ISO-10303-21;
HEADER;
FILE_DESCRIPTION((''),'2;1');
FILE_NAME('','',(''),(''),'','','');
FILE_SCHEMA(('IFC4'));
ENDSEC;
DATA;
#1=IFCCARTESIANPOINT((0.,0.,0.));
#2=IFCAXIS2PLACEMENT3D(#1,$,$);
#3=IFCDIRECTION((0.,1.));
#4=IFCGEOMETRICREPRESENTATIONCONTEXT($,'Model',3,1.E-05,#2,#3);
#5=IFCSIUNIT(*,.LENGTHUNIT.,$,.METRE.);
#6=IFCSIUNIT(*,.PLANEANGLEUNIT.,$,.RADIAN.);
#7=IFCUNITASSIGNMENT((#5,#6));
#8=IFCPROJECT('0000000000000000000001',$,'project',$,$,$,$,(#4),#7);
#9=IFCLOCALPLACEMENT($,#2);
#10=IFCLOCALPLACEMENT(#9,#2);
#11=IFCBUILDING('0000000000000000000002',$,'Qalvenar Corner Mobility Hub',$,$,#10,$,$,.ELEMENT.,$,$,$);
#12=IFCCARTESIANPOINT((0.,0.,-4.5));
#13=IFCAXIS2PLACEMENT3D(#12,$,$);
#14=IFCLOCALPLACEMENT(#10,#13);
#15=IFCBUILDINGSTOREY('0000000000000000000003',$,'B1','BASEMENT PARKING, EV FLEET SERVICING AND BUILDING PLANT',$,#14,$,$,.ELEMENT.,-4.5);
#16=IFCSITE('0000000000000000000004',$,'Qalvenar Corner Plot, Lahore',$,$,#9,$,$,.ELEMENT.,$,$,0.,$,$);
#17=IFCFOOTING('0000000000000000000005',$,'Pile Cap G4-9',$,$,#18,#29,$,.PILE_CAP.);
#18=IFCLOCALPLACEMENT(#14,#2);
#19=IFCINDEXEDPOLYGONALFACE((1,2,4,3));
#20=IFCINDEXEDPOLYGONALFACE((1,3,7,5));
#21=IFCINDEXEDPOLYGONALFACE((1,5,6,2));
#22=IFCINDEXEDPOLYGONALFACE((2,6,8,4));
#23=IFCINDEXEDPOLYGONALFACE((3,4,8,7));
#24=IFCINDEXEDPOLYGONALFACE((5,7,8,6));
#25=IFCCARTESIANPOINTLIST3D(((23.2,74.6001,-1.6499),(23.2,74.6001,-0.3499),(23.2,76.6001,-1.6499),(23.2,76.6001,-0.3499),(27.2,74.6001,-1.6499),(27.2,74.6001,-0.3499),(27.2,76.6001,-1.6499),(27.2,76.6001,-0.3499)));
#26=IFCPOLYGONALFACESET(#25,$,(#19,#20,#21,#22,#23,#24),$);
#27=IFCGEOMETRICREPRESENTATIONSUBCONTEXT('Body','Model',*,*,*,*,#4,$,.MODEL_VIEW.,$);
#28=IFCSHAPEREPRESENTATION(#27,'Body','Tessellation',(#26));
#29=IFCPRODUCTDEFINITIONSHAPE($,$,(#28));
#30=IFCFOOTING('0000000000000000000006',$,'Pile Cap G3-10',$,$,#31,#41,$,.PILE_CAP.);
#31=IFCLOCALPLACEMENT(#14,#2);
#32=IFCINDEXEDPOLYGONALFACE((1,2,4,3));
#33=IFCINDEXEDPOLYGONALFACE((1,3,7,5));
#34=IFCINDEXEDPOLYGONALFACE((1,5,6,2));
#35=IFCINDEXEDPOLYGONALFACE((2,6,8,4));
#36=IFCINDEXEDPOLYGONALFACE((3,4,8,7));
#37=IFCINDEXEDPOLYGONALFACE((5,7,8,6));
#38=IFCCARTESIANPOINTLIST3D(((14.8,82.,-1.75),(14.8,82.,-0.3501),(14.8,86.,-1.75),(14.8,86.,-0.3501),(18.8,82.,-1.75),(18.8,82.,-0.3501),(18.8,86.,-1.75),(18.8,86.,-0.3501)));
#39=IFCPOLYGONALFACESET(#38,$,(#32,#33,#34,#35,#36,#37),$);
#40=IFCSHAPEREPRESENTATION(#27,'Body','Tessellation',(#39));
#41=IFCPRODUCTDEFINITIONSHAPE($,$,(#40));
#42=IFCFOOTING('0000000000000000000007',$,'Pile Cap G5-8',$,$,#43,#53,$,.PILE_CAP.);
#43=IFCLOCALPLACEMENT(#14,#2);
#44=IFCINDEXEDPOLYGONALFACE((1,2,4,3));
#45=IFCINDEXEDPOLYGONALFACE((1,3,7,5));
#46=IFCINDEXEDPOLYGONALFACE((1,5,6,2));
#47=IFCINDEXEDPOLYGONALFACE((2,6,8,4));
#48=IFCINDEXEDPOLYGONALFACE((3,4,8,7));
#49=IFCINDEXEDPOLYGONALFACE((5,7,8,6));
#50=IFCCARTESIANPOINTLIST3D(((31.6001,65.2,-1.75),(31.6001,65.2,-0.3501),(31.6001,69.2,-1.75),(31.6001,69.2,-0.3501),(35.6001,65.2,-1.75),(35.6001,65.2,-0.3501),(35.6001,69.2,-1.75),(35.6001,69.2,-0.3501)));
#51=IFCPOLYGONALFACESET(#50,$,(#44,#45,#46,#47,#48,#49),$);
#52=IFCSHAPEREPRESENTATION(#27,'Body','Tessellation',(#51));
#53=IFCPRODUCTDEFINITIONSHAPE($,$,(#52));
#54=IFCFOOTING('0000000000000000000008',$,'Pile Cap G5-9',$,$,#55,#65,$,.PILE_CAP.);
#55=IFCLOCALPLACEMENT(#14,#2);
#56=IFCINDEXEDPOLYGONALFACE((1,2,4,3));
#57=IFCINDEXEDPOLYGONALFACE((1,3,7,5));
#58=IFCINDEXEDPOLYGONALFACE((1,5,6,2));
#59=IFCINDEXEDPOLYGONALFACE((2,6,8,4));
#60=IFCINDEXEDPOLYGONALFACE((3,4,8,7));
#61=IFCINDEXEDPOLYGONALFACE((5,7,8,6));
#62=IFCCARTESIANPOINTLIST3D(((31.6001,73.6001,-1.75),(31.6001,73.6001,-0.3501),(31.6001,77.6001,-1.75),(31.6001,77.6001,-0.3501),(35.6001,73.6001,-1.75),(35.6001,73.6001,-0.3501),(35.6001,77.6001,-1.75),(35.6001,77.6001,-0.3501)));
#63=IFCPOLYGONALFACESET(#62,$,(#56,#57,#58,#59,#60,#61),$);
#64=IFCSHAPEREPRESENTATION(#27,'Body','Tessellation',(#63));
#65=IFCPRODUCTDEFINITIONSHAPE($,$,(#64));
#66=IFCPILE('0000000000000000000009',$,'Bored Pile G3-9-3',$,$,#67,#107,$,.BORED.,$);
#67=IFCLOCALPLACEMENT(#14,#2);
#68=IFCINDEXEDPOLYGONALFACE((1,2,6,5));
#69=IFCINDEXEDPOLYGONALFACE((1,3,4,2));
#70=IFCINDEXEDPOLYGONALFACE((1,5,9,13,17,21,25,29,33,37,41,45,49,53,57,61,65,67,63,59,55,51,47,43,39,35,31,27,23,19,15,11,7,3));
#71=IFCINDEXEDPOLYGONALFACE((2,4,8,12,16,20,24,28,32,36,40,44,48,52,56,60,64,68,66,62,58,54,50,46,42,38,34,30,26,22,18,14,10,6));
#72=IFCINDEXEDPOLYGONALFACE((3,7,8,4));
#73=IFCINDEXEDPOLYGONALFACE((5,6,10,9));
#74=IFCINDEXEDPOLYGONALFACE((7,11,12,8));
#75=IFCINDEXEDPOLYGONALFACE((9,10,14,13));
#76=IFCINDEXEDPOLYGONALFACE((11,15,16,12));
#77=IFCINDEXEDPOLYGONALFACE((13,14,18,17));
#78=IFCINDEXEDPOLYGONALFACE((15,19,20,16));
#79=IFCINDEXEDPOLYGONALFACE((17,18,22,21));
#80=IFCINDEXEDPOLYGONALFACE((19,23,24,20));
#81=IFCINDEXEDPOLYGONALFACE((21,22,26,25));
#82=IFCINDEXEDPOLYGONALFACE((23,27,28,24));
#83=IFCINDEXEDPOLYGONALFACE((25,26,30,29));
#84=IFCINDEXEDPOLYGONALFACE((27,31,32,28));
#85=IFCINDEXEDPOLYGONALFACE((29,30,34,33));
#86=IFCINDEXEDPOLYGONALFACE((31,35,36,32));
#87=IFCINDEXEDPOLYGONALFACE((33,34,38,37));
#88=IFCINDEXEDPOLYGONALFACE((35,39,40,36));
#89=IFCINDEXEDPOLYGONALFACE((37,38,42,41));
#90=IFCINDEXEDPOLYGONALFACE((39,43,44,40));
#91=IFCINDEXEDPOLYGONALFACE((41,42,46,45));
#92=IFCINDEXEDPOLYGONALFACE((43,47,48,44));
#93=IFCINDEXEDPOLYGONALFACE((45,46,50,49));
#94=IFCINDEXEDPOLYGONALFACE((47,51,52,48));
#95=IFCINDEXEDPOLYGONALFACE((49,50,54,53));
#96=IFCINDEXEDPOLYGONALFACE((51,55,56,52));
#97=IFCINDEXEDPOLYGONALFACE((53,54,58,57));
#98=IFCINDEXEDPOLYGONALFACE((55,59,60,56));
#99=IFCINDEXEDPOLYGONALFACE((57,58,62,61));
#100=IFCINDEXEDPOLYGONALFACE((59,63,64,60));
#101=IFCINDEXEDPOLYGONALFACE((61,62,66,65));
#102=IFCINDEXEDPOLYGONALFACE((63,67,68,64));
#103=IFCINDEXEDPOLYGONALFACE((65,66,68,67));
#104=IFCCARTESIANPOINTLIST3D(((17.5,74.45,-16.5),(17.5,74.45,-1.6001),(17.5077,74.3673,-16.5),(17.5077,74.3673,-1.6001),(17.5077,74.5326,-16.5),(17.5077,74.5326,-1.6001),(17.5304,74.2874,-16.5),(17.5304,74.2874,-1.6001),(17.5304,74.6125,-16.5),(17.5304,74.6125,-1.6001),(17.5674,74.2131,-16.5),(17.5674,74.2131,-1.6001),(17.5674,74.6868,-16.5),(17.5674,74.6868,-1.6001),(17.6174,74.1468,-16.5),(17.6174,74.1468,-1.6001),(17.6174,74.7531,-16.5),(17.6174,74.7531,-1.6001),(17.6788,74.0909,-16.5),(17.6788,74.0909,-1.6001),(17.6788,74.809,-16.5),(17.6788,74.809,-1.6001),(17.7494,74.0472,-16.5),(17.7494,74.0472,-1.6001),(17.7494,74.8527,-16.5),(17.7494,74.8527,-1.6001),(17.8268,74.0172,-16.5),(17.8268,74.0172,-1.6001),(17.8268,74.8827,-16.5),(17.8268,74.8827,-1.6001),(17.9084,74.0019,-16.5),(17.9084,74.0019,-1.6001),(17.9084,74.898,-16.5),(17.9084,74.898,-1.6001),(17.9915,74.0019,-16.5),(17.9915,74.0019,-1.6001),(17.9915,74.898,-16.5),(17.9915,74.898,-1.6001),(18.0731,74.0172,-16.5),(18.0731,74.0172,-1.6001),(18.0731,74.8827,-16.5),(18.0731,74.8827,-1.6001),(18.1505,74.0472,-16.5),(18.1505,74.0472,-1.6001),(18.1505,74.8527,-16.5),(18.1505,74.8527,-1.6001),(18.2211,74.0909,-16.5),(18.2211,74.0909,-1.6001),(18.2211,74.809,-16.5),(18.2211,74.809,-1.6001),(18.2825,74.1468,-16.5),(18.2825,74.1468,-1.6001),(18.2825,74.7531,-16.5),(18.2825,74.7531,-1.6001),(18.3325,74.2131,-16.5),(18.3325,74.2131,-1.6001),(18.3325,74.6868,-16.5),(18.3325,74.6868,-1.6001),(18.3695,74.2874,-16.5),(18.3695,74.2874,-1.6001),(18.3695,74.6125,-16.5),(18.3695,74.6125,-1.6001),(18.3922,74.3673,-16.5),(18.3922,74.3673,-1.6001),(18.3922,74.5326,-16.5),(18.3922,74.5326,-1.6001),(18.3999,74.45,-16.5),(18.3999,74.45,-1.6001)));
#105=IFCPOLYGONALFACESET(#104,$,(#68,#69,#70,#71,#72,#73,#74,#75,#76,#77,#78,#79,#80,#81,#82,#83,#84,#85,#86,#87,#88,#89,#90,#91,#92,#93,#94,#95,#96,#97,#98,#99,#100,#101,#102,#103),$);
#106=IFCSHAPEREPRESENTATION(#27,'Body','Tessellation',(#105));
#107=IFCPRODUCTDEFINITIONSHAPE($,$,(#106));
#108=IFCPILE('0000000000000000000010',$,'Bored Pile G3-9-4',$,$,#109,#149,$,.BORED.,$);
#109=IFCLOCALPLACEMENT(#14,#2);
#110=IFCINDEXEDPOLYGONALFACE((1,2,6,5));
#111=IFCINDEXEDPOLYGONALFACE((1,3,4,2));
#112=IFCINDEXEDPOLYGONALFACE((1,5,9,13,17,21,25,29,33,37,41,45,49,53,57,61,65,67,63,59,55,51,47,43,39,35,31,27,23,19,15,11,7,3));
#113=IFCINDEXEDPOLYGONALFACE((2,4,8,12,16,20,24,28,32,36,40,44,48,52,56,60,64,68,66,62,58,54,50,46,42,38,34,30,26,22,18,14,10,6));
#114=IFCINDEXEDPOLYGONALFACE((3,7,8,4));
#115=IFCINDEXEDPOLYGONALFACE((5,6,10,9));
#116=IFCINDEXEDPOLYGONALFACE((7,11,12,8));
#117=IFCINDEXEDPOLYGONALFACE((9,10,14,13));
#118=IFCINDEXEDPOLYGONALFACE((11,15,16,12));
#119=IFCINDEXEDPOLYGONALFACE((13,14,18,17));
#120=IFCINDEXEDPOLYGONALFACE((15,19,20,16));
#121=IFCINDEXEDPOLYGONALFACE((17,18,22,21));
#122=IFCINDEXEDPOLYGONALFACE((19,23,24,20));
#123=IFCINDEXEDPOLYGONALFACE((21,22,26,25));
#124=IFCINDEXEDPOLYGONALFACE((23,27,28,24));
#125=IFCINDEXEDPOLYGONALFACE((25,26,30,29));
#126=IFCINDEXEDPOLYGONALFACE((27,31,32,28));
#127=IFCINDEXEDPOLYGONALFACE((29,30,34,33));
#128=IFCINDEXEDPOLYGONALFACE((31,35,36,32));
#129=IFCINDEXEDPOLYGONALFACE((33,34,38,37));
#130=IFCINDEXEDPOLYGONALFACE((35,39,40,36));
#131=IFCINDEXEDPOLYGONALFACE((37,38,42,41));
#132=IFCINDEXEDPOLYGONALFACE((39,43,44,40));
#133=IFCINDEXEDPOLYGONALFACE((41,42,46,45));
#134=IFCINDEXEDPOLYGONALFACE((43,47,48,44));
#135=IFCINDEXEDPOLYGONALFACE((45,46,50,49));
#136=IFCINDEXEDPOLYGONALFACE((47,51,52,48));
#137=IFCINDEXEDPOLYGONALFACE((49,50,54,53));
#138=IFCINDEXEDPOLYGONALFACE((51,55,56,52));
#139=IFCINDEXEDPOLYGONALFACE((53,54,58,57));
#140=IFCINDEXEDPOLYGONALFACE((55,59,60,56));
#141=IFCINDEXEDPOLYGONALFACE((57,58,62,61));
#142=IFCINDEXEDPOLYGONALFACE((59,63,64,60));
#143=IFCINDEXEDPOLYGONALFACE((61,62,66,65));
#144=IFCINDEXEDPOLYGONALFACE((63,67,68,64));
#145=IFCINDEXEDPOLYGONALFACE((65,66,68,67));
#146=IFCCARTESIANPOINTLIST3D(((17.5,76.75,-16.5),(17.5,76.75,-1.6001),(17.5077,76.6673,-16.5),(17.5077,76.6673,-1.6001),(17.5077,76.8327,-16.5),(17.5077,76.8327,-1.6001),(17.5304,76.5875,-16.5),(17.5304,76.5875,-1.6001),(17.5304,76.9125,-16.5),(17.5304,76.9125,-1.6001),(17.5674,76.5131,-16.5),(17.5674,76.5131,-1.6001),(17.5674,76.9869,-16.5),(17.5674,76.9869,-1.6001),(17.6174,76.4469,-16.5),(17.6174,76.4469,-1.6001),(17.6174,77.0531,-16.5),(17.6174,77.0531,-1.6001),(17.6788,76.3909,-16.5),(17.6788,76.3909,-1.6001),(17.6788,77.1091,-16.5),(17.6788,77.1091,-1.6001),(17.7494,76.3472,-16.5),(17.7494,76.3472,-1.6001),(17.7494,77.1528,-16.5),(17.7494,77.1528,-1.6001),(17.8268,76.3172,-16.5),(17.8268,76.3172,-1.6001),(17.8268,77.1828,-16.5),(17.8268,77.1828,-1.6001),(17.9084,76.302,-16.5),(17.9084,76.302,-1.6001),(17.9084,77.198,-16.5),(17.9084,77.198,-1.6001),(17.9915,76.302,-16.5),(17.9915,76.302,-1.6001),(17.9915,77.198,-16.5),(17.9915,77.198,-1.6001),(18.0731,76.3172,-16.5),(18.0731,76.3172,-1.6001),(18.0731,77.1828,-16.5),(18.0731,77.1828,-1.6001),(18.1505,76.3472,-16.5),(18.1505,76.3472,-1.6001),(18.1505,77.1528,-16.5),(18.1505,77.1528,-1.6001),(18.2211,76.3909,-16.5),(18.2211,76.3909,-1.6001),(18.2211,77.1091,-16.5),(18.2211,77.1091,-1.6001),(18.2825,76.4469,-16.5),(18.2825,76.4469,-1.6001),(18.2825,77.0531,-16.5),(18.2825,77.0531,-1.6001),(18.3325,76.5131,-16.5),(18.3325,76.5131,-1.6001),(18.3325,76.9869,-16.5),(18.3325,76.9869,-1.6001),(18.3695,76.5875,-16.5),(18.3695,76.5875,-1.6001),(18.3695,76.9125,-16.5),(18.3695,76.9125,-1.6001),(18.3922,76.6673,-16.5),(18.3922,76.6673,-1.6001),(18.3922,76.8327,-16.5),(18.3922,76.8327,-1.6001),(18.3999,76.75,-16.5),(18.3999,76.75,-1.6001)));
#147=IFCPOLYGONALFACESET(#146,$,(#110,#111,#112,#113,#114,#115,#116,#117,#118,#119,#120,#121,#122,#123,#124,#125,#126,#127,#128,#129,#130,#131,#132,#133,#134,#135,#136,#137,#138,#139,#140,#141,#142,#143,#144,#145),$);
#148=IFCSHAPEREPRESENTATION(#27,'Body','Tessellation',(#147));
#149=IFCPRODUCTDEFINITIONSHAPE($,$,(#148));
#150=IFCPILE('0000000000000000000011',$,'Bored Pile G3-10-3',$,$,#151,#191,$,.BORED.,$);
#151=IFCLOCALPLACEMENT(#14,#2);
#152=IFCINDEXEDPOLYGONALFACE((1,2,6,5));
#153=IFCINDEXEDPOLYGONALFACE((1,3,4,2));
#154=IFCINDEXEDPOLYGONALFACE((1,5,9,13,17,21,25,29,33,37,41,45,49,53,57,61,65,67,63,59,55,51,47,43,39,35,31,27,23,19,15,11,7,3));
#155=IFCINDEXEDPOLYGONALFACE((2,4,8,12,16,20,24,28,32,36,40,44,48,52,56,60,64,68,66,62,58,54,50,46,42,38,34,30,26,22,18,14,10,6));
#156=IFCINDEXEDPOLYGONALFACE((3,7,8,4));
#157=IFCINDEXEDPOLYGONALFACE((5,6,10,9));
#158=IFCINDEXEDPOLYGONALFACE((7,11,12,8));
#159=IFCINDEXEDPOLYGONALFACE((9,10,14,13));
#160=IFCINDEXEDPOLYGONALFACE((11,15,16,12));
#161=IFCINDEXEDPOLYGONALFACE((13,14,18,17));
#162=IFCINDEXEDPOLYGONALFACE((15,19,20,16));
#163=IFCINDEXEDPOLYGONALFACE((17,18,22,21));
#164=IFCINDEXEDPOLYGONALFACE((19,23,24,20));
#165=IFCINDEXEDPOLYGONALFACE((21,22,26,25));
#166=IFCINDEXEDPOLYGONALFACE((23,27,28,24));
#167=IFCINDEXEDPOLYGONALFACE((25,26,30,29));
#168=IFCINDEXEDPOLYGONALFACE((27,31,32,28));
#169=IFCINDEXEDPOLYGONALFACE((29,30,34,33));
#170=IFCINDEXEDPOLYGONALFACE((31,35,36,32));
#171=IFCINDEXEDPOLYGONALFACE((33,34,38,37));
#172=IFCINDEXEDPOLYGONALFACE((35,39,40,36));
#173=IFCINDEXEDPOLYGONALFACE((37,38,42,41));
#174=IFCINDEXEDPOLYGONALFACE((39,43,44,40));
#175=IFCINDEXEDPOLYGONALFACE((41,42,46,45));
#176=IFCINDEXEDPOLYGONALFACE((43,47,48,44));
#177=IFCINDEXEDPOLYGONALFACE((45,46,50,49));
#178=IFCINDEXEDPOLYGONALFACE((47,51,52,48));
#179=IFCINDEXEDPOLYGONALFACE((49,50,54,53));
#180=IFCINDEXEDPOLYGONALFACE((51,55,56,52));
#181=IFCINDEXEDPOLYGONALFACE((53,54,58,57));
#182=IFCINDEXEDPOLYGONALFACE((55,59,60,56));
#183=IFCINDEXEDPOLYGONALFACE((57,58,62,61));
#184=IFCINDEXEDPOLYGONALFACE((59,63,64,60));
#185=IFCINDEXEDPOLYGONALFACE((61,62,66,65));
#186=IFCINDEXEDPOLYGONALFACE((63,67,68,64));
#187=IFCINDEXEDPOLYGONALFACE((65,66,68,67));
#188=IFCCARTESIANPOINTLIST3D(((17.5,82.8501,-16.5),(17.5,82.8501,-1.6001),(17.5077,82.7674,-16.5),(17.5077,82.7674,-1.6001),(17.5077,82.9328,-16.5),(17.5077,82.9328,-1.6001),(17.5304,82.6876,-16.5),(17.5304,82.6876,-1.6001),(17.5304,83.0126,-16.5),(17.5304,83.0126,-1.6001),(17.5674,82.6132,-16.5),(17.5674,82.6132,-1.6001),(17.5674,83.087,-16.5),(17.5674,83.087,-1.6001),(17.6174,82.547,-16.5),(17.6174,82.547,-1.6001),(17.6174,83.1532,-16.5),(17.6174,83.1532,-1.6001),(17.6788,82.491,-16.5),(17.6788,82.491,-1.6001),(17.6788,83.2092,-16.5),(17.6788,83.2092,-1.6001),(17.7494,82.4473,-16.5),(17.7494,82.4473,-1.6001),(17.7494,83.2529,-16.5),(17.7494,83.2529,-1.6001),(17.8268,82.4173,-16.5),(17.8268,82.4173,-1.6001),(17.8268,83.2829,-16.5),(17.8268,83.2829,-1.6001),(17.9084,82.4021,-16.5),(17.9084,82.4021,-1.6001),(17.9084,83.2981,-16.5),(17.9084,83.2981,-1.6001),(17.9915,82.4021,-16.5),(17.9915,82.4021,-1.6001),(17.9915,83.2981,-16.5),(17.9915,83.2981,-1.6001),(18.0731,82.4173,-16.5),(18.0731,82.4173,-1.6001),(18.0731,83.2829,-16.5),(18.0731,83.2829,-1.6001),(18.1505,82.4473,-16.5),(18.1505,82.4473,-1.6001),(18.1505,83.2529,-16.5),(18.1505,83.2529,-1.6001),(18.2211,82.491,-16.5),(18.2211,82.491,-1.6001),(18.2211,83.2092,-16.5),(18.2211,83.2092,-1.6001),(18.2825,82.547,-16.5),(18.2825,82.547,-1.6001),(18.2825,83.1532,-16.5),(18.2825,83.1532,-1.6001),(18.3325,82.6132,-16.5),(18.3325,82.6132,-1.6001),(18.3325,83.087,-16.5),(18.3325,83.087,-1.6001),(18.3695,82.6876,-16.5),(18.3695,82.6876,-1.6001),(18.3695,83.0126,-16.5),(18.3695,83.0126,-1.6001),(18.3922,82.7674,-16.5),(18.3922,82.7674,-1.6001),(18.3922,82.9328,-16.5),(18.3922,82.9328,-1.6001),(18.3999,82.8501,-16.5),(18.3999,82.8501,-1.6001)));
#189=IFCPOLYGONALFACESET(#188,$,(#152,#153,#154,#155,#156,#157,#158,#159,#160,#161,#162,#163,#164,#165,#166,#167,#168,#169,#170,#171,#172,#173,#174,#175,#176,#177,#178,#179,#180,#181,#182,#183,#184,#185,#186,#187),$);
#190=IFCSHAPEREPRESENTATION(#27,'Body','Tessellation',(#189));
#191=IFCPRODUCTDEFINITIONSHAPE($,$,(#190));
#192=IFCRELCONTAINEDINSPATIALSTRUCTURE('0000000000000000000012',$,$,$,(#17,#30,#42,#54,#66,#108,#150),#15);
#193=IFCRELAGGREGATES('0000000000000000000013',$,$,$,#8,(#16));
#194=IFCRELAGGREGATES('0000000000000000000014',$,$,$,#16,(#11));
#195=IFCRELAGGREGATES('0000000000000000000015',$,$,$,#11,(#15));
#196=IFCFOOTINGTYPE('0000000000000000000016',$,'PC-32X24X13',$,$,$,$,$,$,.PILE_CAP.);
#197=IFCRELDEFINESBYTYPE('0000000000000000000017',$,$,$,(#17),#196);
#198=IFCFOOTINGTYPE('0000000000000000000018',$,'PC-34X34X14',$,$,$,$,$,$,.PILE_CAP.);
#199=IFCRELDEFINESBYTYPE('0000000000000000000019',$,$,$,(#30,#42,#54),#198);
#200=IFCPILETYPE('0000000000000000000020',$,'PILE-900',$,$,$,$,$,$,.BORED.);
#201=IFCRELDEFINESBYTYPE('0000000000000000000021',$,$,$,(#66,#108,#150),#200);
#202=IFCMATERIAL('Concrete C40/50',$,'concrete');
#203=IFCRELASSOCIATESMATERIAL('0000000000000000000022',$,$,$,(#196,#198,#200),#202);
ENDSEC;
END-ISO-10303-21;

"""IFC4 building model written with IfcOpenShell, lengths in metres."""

from ifc_helpers import new_model, si_unit, direction, frame, origin, origin_2d, place, context, subcontext, project, spatial, rectangle, circle, extrude, material, material_profile, profile_set, type_object, element, save


model = new_model("IFC4")

# Units and contexts
model_context = context("Model", 3, precision=1e-05, world=origin(), true_north=direction((0.0, 1.0)))
body_context = subcontext(model_context, "Body", "Model", "MODEL_VIEW")
ifc_project = project(units=[si_unit("LENGTHUNIT", "METRE"), si_unit("PLANEANGLEUNIT", "RADIAN")], contexts=[model_context])

# Site, building, storey
site_placement = place(None, origin())
site = spatial("IfcSite", under=ifc_project, at=site_placement, Name="Qalvenar Corner Plot, Lahore", CompositionType="ELEMENT", RefElevation=0.0)
building_placement = place(site_placement, origin())
building = spatial("IfcBuilding", under=site, at=building_placement, Name="Qalvenar Corner Mobility Hub", CompositionType="ELEMENT")
storey_placement = place(building_placement, frame((0.0, 0.0, -4.5)))
storey = spatial("IfcBuildingStorey", under=building, at=storey_placement, Name="B1", Description="BASEMENT PARKING, EV FLEET SERVICING AND BUILDING PLANT", CompositionType="ELEMENT", Elevation=-4.5)

# Footings
ifc_material_1 = material(Name="Concrete C40/50", Category="concrete")
footing_type_1 = type_object("IfcFootingType", Name="PC-32X24X13", PredefinedType="PILE_CAP", material=ifc_material_1)
footing_1_placement = place(storey_placement, frame((25.2, 75.6001, -1.6499), z_axis=(0.0, 0.0, 1.0), x_axis=(1.0, 0.0, 0.0)))
element("IfcFooting", 1, at=footing_1_placement, inside=storey, type_object=footing_type_1, Name="Pile Cap G4-9", PredefinedType="PILE_CAP", context=body_context, shape_type="SweptSolid", body=[
    extrude(rectangle(XDim=4.0, YDim=2.0, at=origin_2d()), origin(), (0.0, 0.0, 1.0), 1.3),
])
footing_type_2 = type_object("IfcFootingType", Name="PC-34X34X14", PredefinedType="PILE_CAP", material=ifc_material_1)
for number, where, z_axis, x_axis, name in (
    (2, (16.8, 84.0, -1.75), (0.0, 0.0, 1.0), (1.0, 0.0, 0.0), "Pile Cap G3-10"),
    (3, (33.6001, 67.2, -1.75), (0.0, 0.0, 1.0), (1.0, 0.0, 0.0), "Pile Cap G5-8"),
    (4, (33.6001, 75.6001, -1.75), (0.0, 0.0, 1.0), (1.0, 0.0, 0.0), "Pile Cap G5-9"),
):
    element("IfcFooting", number, at=place(storey_placement, frame(where, z_axis=z_axis, x_axis=x_axis)), inside=storey, type_object=footing_type_2, Name=name, PredefinedType="PILE_CAP", context=body_context, shape_type="SweptSolid", body=[
        extrude(rectangle(XDim=4.0, YDim=4.0, at=origin_2d()), origin(), (0.0, 0.0, 1.0), 1.3999),
    ])

# Piles
ifc_material_profile_1 = material_profile(ifc_material_1, circle(Radius=0.45, at=origin_2d()), Name="DIA900")
ifc_profile_set_1 = profile_set([ifc_material_profile_1], Name="Concrete C40/50")
pile_type = type_object("IfcPileType", Name="PILE-900", PredefinedType="BORED", material=ifc_profile_set_1)
for number, where, z_axis, x_axis, name in (
    (5, (17.95, 74.45, -1.6001), (0.0, 0.0, -1.0), (1.0, 0.0, 0.0), "Bored Pile G3-9-3"),
    (6, (17.95, 76.75, -1.6001), (0.0, 0.0, -1.0), (1.0, 0.0, 0.0), "Bored Pile G3-9-4"),
    (7, (17.95, 82.8501, -1.6001), (0.0, 0.0, -1.0), (1.0, 0.0, 0.0), "Bored Pile G3-10-3"),
):
    element("IfcPile", number, at=place(storey_placement, frame(where, z_axis=z_axis, x_axis=x_axis)), inside=storey, type_object=pile_type, Name=name, PredefinedType="BORED", context=body_context, shape_type="SweptSolid", body=[
        extrude(circle(Radius=0.45, at=origin_2d()), origin(), (0.0, 0.0, 1.0), 14.8999),
    ])

save(model, "model.ifc")
